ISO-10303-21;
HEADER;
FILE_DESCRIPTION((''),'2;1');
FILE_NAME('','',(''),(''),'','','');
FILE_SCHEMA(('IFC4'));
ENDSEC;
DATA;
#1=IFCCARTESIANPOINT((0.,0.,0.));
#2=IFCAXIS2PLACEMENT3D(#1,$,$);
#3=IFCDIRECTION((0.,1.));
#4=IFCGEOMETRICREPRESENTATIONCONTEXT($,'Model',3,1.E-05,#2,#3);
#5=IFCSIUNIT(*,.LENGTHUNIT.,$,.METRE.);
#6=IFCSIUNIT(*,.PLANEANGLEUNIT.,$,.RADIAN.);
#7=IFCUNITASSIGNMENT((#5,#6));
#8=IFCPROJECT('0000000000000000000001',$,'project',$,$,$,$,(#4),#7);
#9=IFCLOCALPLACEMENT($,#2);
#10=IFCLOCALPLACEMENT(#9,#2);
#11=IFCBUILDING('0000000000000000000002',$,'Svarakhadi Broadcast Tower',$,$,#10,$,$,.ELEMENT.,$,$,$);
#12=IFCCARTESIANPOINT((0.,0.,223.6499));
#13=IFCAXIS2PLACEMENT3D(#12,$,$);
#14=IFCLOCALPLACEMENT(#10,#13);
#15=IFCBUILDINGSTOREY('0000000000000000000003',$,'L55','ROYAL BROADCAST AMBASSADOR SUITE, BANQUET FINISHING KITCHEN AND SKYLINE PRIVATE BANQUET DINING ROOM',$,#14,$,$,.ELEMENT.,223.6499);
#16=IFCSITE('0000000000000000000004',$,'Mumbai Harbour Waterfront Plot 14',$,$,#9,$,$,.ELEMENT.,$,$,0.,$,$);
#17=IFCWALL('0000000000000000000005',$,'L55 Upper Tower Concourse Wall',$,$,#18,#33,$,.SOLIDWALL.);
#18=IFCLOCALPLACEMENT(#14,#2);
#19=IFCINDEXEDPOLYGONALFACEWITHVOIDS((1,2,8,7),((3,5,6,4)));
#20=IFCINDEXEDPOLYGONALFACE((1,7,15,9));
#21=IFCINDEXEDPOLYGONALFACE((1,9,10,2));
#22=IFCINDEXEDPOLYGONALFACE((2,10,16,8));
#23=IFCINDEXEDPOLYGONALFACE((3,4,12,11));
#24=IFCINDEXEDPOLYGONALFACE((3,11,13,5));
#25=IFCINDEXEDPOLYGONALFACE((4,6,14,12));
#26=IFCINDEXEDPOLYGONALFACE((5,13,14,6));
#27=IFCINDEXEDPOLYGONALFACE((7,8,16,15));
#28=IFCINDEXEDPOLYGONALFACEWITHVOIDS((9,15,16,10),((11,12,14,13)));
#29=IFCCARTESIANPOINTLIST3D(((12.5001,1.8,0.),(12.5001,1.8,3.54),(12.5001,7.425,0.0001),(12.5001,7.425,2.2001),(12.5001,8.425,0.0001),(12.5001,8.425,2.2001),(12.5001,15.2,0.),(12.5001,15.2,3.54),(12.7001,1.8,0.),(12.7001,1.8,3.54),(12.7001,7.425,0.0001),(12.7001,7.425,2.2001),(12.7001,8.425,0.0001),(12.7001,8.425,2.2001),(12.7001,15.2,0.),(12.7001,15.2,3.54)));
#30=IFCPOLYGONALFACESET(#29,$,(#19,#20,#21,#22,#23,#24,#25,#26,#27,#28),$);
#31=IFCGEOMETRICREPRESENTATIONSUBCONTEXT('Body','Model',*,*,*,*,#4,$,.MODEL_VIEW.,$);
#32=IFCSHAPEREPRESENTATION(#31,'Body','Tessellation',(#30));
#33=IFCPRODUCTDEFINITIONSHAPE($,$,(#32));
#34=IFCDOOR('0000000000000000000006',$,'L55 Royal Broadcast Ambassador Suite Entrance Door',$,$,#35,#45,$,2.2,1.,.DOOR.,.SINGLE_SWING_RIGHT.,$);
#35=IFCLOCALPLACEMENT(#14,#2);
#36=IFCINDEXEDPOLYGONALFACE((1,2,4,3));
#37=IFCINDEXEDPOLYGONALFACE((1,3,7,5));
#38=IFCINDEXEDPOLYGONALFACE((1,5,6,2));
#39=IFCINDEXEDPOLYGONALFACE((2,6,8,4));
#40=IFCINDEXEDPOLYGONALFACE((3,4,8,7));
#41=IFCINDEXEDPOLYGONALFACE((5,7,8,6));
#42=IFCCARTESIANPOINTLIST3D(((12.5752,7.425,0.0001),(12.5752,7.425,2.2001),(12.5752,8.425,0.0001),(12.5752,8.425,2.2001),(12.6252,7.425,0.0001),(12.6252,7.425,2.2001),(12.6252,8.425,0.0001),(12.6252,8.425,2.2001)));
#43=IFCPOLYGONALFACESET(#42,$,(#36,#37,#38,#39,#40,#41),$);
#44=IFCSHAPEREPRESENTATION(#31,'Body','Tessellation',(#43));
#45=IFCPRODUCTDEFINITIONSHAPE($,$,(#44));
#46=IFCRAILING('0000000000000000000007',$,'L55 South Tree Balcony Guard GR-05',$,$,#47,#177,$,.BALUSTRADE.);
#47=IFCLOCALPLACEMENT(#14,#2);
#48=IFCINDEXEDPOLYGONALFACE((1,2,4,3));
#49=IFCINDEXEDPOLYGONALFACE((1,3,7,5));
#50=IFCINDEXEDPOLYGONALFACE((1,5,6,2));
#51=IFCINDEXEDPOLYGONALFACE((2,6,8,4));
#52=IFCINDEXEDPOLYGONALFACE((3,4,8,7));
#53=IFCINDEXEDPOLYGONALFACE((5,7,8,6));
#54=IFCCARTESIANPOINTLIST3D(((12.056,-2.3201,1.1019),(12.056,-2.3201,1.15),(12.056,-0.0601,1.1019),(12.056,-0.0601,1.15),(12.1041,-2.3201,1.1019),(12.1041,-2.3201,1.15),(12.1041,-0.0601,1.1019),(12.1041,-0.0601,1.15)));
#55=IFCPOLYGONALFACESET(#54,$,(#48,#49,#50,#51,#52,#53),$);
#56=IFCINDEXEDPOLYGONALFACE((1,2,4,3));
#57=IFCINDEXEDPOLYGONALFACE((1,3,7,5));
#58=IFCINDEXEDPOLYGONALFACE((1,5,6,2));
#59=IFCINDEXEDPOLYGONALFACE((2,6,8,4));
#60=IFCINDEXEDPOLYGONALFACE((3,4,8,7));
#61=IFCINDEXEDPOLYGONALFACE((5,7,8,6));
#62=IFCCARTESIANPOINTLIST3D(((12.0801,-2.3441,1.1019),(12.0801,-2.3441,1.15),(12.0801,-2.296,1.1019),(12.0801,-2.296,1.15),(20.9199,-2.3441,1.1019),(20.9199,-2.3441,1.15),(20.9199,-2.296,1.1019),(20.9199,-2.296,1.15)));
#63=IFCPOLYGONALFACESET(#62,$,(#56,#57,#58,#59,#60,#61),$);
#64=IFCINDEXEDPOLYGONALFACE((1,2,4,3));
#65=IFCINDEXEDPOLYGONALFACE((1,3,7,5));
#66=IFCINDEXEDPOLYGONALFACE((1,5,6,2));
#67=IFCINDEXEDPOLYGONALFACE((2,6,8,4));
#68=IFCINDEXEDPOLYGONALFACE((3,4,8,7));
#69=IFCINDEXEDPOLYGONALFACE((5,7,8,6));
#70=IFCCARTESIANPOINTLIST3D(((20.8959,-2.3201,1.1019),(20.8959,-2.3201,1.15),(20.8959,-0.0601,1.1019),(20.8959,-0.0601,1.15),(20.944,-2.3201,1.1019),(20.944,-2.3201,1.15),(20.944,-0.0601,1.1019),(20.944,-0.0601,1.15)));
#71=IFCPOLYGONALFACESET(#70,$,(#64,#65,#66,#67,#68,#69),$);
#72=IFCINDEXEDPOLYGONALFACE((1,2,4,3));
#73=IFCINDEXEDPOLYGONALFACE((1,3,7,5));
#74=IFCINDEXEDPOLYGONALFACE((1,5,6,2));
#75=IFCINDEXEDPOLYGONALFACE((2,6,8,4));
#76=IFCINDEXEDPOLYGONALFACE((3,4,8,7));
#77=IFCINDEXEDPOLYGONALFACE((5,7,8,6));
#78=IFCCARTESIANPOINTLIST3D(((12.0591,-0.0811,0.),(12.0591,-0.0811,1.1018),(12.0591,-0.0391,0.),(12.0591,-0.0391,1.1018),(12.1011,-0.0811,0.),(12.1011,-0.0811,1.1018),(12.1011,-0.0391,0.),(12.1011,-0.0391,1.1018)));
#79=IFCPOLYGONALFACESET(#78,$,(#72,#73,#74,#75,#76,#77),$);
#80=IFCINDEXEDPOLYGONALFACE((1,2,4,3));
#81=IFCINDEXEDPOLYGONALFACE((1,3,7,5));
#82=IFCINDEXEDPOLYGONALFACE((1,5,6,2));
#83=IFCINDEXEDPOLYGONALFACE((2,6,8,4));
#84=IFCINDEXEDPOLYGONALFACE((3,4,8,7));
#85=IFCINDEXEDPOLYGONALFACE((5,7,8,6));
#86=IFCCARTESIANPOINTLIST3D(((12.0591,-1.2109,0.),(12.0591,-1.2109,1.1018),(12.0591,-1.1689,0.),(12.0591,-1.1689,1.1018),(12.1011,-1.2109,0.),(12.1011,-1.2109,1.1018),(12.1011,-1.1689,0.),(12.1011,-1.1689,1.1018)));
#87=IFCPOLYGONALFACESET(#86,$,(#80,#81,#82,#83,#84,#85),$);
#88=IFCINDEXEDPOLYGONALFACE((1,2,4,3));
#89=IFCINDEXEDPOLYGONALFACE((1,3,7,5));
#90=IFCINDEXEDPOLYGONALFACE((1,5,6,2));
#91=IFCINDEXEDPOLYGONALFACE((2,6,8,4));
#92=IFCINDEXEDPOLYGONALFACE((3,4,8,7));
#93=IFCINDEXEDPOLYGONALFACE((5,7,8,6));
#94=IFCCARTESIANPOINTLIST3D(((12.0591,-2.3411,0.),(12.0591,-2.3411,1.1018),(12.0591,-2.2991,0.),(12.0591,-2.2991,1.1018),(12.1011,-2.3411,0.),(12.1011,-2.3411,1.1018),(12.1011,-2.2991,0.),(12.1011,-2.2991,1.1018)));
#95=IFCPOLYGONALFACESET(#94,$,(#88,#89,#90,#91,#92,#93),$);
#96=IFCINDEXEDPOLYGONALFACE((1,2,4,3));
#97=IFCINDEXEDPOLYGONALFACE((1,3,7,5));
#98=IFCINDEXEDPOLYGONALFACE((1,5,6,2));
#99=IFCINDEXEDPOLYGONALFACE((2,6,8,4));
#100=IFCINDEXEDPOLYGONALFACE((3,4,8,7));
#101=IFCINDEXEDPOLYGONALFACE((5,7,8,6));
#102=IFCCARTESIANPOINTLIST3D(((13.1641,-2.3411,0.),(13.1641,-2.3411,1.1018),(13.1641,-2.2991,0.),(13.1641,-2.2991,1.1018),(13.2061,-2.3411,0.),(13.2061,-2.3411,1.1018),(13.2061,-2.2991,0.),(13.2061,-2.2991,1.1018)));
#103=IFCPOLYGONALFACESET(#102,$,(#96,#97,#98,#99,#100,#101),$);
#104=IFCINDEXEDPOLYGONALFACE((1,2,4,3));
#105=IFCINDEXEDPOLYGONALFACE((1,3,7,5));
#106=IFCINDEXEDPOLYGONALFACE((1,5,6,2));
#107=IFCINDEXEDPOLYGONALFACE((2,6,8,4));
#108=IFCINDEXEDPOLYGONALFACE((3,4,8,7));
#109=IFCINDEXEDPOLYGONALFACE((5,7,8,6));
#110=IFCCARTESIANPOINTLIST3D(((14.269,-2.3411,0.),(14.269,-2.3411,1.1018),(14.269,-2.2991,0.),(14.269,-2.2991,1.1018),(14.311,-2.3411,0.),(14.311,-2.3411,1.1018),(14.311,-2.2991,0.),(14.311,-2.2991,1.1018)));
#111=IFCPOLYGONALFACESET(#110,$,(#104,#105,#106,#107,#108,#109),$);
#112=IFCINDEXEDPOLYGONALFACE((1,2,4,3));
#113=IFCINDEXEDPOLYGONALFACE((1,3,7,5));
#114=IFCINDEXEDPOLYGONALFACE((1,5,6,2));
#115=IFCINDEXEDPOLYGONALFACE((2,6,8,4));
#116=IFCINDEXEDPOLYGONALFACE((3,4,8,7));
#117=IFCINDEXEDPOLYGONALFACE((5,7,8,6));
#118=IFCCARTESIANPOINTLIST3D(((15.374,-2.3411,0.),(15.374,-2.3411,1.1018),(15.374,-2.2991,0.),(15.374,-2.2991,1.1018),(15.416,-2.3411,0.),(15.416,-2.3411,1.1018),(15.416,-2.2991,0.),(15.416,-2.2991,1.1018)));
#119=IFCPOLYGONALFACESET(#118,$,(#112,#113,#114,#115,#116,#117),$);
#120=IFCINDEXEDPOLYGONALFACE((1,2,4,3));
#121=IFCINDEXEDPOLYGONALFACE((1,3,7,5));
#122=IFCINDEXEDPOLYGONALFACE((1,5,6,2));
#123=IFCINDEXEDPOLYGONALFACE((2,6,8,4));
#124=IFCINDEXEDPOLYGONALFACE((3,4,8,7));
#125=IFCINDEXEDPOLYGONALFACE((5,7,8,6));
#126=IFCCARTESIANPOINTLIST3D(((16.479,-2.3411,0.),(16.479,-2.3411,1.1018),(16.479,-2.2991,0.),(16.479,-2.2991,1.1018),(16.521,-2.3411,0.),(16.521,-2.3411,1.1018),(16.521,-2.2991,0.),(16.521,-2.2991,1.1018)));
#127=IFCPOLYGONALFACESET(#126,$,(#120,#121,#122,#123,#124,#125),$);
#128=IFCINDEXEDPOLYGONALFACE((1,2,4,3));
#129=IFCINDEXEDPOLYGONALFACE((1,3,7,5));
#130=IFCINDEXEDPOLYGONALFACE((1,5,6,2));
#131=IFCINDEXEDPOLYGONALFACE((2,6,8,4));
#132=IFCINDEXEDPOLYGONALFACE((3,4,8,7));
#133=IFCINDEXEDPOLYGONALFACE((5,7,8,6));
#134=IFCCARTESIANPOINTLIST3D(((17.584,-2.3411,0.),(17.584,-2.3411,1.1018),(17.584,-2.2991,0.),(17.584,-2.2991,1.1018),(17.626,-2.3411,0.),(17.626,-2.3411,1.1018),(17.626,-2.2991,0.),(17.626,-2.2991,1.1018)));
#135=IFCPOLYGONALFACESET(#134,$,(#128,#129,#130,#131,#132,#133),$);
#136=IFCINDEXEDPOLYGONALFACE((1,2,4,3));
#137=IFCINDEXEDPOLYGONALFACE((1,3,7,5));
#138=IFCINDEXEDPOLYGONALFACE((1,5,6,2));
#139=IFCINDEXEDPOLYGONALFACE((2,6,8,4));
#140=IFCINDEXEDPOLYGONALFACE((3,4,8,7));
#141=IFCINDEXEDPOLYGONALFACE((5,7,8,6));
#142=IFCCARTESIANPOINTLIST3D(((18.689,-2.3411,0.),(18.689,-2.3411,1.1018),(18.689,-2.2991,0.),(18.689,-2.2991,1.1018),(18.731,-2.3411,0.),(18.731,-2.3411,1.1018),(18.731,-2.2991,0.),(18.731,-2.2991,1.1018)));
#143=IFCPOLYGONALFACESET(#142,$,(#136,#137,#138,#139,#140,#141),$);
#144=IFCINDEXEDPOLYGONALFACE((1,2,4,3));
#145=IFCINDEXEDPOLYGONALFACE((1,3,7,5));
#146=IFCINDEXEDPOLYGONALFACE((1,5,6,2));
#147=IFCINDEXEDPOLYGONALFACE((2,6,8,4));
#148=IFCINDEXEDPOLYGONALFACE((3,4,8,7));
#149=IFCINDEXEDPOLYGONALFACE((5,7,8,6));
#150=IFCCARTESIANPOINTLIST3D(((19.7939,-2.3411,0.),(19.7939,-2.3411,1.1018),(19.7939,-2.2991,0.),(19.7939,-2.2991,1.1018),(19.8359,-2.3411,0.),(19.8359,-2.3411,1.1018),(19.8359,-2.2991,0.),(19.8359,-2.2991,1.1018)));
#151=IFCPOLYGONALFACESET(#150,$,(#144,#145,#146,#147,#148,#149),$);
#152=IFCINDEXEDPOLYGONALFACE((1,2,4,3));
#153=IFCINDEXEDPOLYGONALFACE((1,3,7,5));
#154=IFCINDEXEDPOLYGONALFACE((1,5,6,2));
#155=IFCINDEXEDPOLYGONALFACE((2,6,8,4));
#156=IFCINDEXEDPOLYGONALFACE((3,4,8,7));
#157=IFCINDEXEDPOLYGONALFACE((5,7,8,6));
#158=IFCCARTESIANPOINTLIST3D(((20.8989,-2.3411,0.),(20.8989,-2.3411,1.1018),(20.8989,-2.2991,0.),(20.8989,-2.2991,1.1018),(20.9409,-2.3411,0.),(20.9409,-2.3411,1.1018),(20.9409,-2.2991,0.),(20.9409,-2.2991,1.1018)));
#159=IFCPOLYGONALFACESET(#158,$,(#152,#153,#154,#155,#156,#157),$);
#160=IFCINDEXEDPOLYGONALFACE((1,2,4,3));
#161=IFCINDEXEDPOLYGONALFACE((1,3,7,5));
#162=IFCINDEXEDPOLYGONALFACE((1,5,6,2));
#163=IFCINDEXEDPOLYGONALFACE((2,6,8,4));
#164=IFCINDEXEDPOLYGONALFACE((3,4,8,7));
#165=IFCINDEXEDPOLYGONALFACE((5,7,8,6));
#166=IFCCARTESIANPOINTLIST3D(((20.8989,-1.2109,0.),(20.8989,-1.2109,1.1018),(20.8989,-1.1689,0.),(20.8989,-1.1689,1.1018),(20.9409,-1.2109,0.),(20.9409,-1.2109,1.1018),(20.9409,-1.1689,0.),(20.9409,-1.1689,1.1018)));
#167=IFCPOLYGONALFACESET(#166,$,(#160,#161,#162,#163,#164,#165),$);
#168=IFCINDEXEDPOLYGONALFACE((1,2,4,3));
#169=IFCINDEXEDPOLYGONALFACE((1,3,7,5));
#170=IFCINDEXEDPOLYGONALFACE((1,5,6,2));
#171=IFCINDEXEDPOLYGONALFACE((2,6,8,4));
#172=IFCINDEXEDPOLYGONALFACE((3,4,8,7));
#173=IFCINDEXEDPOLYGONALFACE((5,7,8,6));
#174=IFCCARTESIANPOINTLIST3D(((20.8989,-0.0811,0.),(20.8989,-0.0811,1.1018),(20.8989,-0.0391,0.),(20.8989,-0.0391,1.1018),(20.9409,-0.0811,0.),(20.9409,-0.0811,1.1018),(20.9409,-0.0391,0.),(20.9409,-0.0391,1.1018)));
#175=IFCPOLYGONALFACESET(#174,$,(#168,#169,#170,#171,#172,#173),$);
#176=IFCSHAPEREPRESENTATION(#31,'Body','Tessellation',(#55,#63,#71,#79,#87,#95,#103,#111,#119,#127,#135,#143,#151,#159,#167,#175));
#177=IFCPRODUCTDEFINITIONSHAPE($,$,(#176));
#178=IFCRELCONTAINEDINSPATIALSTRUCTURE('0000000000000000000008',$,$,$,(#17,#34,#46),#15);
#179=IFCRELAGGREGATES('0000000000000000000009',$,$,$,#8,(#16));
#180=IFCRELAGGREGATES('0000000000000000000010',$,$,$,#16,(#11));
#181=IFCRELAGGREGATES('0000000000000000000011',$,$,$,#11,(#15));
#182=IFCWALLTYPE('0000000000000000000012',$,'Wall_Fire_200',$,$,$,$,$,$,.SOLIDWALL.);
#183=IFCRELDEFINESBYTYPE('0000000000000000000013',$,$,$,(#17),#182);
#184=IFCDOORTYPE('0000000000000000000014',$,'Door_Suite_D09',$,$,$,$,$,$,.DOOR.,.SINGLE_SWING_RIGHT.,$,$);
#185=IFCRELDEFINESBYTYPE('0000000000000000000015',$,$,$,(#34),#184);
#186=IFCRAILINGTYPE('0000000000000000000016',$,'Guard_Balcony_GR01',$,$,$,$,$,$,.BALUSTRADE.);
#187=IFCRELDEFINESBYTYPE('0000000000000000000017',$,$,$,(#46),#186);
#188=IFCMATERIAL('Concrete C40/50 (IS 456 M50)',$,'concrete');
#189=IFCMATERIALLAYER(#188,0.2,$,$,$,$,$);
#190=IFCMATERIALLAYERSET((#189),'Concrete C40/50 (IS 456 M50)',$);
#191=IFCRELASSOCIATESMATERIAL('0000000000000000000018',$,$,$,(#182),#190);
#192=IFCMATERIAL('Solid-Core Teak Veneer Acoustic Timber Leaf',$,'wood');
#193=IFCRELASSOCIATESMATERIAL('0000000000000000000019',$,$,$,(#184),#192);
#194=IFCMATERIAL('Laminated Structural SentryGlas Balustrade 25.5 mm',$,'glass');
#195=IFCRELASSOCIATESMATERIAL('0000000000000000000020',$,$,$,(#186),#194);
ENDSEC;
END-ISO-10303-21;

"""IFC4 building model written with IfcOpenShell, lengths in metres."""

from ifc_helpers import new_model, si_unit, direction, frame, frame_2d, origin, origin_2d, place, context, subcontext, project, spatial, rectangle, extrude, material, layer, layer_set, type_object, element, fill, save


model = new_model("IFC4")

# Units and contexts
model_context = context("Model", 3, precision=1e-05, world=origin(), true_north=direction((0.0, 1.0)))
body_context = subcontext(model_context, "Body", "Model", "MODEL_VIEW")
ifc_project = project(units=[si_unit("LENGTHUNIT", "METRE"), si_unit("PLANEANGLEUNIT", "RADIAN")], contexts=[model_context])

# Site, building, storey
site_placement = place(None, origin())
site = spatial("IfcSite", under=ifc_project, at=site_placement, Name="Mumbai Harbour Waterfront Plot 14", CompositionType="ELEMENT", RefElevation=0.0)
building_placement = place(site_placement, origin())
building = spatial("IfcBuilding", under=site, at=building_placement, Name="Svarakhadi Broadcast Tower", CompositionType="ELEMENT")
storey_placement = place(building_placement, frame((0.0, 0.0, 223.6499)))
storey = spatial("IfcBuildingStorey", under=building, at=storey_placement, Name="L55", Description="ROYAL BROADCAST AMBASSADOR SUITE, BANQUET FINISHING KITCHEN AND SKYLINE PRIVATE BANQUET DINING ROOM", CompositionType="ELEMENT", Elevation=223.6499)

# Shared definitions
ifc_material_1 = material(Name="Concrete C40/50 (IS 456 M50)", Category="concrete")
ifc_layer_1 = layer(ifc_material_1, 0.2)
ifc_layer_set_1 = layer_set([ifc_layer_1], Name="Concrete C40/50 (IS 456 M50)")
wall_type_1 = type_object("IfcWallType", Name="Wall_Fire_200", PredefinedType="SOLIDWALL", material=ifc_layer_set_1)

# Wall, opening, door
wall_1_placement = place(storey_placement, frame((12.6001, 1.8, 0.0), z_axis=(0.0, 0.0, 1.0), x_axis=(0.0, 1.0, 0.0)))
wall_1 = element("IfcWall", 1, at=wall_1_placement, inside=storey, type_object=wall_type_1, Name="L55 Upper Tower Concourse Wall", PredefinedType="SOLIDWALL", context=body_context, shape_type="SweptSolid", body=[
    extrude(rectangle(XDim=13.3999, YDim=0.2, at=frame_2d((6.7, 0.0))), origin(), (0.0, 0.0, 1.0), 3.54),
])
opening_placement = place(wall_1_placement, frame((5.625, 0.0, 0.0)))
opening = element("IfcOpeningElement", 2, at=opening_placement, cuts=wall_1, PredefinedType="OPENING", context=body_context, shape_type="SweptSolid", body=[
    extrude(rectangle(XDim=1.0, YDim=2.2, at=frame_2d((0.5, 1.1001))), frame((0.0, 0.1099, 0.0), z_axis=(0.0, -1.0, 0.0), x_axis=(1.0, 0.0, 0.0)), (0.0, 0.0, 1.0), 0.22),
])
ifc_material_2 = material(Name="Solid-Core Teak Veneer Acoustic Timber Leaf", Category="wood")
door_type = type_object("IfcDoorType", Name="Door_Suite_D09", OperationType="SINGLE_SWING_RIGHT", PredefinedType="DOOR", material=ifc_material_2)
door_placement = place(opening_placement, origin())
door = element("IfcDoor", 3, at=door_placement, inside=storey, type_object=door_type, Name="L55 Royal Broadcast Ambassador Suite Entrance Door", OperationType="SINGLE_SWING_RIGHT", OverallHeight=2.2, OverallWidth=1.0, PredefinedType="DOOR", context=body_context, shape_type="SweptSolid", body=[
    extrude(rectangle(XDim=1.0, YDim=2.2, at=frame_2d((0.5, 1.1001))), frame((0.0, 0.0249, 0.0), z_axis=(0.0, -1.0, 0.0), x_axis=(1.0, 0.0, 0.0)), (0.0, 0.0, 1.0), 0.05),
])
fill(opening, door)

# Railing
ifc_material_3 = material(Name="Laminated Structural SentryGlas Balustrade 25.5 mm", Category="glass")
railing_type = type_object("IfcRailingType", Name="Guard_Balcony_GR01", PredefinedType="BALUSTRADE", material=ifc_material_3)
railing_placement = place(storey_placement, frame((12.0801, -0.0601, 0.0)))
element("IfcRailing", 4, at=railing_placement, inside=storey, type_object=railing_type, Name="L55 South Tree Balcony Guard GR-05", PredefinedType="BALUSTRADE", context=body_context, shape_type="SweptSolid", body=[
    extrude(rectangle(XDim=0.0481, YDim=0.0481, at=origin_2d()), frame((0.0, 0.0, 1.126), z_axis=(0.0, -1.0, 0.0), x_axis=(1.0, 0.0, 0.0)), (0.0, 0.0, 1.0), 2.26),
    extrude(rectangle(XDim=0.0481, YDim=0.0481, at=origin_2d()), frame((0.0, -2.26, 1.126), z_axis=(1.0, 0.0, 0.0), x_axis=(0.0, 1.0, 0.0)), (0.0, 0.0, 1.0), 8.8398),
    extrude(rectangle(XDim=0.0481, YDim=0.0481, at=origin_2d()), frame((8.8398, -2.26, 1.126), z_axis=(0.0, 1.0, 0.0), x_axis=(-1.0, 0.0, 0.0)), (0.0, 0.0, 1.0), 2.26),
    extrude(rectangle(XDim=0.042, YDim=0.042, at=origin_2d()), origin(), (0.0, 0.0, 1.0), 1.1018),
    extrude(rectangle(XDim=0.042, YDim=0.042, at=origin_2d()), frame((0.0, -1.1299, 0.0)), (0.0, 0.0, 1.0), 1.1018),
    extrude(rectangle(XDim=0.042, YDim=0.042, at=origin_2d()), frame((0.0, -2.26, 0.0)), (0.0, 0.0, 1.0), 1.1018),
    extrude(rectangle(XDim=0.042, YDim=0.042, at=origin_2d()), frame((1.105, -2.26, 0.0)), (0.0, 0.0, 1.0), 1.1018),
    extrude(rectangle(XDim=0.042, YDim=0.042, at=origin_2d()), frame((2.21, -2.26, 0.0)), (0.0, 0.0, 1.0), 1.1018),
    extrude(rectangle(XDim=0.042, YDim=0.042, at=origin_2d()), frame((3.3149, -2.26, 0.0)), (0.0, 0.0, 1.0), 1.1018),
    extrude(rectangle(XDim=0.042, YDim=0.042, at=origin_2d()), frame((4.4199, -2.26, 0.0)), (0.0, 0.0, 1.0), 1.1018),
    extrude(rectangle(XDim=0.042, YDim=0.042, at=origin_2d()), frame((5.5249, -2.26, 0.0)), (0.0, 0.0, 1.0), 1.1018),
    extrude(rectangle(XDim=0.042, YDim=0.042, at=origin_2d()), frame((6.6299, -2.26, 0.0)), (0.0, 0.0, 1.0), 1.1018),
    extrude(rectangle(XDim=0.042, YDim=0.042, at=origin_2d()), frame((7.7349, -2.26, 0.0)), (0.0, 0.0, 1.0), 1.1018),
    extrude(rectangle(XDim=0.042, YDim=0.042, at=origin_2d()), frame((8.8398, -2.26, 0.0)), (0.0, 0.0, 1.0), 1.1018),
    extrude(rectangle(XDim=0.042, YDim=0.042, at=origin_2d()), frame((8.8398, -1.1299, 0.0)), (0.0, 0.0, 1.0), 1.1018),
    extrude(rectangle(XDim=0.042, YDim=0.042, at=origin_2d()), frame((8.8398, 0.0, 0.0)), (0.0, 0.0, 1.0), 1.1018),
])

save(model, "model.ifc")
